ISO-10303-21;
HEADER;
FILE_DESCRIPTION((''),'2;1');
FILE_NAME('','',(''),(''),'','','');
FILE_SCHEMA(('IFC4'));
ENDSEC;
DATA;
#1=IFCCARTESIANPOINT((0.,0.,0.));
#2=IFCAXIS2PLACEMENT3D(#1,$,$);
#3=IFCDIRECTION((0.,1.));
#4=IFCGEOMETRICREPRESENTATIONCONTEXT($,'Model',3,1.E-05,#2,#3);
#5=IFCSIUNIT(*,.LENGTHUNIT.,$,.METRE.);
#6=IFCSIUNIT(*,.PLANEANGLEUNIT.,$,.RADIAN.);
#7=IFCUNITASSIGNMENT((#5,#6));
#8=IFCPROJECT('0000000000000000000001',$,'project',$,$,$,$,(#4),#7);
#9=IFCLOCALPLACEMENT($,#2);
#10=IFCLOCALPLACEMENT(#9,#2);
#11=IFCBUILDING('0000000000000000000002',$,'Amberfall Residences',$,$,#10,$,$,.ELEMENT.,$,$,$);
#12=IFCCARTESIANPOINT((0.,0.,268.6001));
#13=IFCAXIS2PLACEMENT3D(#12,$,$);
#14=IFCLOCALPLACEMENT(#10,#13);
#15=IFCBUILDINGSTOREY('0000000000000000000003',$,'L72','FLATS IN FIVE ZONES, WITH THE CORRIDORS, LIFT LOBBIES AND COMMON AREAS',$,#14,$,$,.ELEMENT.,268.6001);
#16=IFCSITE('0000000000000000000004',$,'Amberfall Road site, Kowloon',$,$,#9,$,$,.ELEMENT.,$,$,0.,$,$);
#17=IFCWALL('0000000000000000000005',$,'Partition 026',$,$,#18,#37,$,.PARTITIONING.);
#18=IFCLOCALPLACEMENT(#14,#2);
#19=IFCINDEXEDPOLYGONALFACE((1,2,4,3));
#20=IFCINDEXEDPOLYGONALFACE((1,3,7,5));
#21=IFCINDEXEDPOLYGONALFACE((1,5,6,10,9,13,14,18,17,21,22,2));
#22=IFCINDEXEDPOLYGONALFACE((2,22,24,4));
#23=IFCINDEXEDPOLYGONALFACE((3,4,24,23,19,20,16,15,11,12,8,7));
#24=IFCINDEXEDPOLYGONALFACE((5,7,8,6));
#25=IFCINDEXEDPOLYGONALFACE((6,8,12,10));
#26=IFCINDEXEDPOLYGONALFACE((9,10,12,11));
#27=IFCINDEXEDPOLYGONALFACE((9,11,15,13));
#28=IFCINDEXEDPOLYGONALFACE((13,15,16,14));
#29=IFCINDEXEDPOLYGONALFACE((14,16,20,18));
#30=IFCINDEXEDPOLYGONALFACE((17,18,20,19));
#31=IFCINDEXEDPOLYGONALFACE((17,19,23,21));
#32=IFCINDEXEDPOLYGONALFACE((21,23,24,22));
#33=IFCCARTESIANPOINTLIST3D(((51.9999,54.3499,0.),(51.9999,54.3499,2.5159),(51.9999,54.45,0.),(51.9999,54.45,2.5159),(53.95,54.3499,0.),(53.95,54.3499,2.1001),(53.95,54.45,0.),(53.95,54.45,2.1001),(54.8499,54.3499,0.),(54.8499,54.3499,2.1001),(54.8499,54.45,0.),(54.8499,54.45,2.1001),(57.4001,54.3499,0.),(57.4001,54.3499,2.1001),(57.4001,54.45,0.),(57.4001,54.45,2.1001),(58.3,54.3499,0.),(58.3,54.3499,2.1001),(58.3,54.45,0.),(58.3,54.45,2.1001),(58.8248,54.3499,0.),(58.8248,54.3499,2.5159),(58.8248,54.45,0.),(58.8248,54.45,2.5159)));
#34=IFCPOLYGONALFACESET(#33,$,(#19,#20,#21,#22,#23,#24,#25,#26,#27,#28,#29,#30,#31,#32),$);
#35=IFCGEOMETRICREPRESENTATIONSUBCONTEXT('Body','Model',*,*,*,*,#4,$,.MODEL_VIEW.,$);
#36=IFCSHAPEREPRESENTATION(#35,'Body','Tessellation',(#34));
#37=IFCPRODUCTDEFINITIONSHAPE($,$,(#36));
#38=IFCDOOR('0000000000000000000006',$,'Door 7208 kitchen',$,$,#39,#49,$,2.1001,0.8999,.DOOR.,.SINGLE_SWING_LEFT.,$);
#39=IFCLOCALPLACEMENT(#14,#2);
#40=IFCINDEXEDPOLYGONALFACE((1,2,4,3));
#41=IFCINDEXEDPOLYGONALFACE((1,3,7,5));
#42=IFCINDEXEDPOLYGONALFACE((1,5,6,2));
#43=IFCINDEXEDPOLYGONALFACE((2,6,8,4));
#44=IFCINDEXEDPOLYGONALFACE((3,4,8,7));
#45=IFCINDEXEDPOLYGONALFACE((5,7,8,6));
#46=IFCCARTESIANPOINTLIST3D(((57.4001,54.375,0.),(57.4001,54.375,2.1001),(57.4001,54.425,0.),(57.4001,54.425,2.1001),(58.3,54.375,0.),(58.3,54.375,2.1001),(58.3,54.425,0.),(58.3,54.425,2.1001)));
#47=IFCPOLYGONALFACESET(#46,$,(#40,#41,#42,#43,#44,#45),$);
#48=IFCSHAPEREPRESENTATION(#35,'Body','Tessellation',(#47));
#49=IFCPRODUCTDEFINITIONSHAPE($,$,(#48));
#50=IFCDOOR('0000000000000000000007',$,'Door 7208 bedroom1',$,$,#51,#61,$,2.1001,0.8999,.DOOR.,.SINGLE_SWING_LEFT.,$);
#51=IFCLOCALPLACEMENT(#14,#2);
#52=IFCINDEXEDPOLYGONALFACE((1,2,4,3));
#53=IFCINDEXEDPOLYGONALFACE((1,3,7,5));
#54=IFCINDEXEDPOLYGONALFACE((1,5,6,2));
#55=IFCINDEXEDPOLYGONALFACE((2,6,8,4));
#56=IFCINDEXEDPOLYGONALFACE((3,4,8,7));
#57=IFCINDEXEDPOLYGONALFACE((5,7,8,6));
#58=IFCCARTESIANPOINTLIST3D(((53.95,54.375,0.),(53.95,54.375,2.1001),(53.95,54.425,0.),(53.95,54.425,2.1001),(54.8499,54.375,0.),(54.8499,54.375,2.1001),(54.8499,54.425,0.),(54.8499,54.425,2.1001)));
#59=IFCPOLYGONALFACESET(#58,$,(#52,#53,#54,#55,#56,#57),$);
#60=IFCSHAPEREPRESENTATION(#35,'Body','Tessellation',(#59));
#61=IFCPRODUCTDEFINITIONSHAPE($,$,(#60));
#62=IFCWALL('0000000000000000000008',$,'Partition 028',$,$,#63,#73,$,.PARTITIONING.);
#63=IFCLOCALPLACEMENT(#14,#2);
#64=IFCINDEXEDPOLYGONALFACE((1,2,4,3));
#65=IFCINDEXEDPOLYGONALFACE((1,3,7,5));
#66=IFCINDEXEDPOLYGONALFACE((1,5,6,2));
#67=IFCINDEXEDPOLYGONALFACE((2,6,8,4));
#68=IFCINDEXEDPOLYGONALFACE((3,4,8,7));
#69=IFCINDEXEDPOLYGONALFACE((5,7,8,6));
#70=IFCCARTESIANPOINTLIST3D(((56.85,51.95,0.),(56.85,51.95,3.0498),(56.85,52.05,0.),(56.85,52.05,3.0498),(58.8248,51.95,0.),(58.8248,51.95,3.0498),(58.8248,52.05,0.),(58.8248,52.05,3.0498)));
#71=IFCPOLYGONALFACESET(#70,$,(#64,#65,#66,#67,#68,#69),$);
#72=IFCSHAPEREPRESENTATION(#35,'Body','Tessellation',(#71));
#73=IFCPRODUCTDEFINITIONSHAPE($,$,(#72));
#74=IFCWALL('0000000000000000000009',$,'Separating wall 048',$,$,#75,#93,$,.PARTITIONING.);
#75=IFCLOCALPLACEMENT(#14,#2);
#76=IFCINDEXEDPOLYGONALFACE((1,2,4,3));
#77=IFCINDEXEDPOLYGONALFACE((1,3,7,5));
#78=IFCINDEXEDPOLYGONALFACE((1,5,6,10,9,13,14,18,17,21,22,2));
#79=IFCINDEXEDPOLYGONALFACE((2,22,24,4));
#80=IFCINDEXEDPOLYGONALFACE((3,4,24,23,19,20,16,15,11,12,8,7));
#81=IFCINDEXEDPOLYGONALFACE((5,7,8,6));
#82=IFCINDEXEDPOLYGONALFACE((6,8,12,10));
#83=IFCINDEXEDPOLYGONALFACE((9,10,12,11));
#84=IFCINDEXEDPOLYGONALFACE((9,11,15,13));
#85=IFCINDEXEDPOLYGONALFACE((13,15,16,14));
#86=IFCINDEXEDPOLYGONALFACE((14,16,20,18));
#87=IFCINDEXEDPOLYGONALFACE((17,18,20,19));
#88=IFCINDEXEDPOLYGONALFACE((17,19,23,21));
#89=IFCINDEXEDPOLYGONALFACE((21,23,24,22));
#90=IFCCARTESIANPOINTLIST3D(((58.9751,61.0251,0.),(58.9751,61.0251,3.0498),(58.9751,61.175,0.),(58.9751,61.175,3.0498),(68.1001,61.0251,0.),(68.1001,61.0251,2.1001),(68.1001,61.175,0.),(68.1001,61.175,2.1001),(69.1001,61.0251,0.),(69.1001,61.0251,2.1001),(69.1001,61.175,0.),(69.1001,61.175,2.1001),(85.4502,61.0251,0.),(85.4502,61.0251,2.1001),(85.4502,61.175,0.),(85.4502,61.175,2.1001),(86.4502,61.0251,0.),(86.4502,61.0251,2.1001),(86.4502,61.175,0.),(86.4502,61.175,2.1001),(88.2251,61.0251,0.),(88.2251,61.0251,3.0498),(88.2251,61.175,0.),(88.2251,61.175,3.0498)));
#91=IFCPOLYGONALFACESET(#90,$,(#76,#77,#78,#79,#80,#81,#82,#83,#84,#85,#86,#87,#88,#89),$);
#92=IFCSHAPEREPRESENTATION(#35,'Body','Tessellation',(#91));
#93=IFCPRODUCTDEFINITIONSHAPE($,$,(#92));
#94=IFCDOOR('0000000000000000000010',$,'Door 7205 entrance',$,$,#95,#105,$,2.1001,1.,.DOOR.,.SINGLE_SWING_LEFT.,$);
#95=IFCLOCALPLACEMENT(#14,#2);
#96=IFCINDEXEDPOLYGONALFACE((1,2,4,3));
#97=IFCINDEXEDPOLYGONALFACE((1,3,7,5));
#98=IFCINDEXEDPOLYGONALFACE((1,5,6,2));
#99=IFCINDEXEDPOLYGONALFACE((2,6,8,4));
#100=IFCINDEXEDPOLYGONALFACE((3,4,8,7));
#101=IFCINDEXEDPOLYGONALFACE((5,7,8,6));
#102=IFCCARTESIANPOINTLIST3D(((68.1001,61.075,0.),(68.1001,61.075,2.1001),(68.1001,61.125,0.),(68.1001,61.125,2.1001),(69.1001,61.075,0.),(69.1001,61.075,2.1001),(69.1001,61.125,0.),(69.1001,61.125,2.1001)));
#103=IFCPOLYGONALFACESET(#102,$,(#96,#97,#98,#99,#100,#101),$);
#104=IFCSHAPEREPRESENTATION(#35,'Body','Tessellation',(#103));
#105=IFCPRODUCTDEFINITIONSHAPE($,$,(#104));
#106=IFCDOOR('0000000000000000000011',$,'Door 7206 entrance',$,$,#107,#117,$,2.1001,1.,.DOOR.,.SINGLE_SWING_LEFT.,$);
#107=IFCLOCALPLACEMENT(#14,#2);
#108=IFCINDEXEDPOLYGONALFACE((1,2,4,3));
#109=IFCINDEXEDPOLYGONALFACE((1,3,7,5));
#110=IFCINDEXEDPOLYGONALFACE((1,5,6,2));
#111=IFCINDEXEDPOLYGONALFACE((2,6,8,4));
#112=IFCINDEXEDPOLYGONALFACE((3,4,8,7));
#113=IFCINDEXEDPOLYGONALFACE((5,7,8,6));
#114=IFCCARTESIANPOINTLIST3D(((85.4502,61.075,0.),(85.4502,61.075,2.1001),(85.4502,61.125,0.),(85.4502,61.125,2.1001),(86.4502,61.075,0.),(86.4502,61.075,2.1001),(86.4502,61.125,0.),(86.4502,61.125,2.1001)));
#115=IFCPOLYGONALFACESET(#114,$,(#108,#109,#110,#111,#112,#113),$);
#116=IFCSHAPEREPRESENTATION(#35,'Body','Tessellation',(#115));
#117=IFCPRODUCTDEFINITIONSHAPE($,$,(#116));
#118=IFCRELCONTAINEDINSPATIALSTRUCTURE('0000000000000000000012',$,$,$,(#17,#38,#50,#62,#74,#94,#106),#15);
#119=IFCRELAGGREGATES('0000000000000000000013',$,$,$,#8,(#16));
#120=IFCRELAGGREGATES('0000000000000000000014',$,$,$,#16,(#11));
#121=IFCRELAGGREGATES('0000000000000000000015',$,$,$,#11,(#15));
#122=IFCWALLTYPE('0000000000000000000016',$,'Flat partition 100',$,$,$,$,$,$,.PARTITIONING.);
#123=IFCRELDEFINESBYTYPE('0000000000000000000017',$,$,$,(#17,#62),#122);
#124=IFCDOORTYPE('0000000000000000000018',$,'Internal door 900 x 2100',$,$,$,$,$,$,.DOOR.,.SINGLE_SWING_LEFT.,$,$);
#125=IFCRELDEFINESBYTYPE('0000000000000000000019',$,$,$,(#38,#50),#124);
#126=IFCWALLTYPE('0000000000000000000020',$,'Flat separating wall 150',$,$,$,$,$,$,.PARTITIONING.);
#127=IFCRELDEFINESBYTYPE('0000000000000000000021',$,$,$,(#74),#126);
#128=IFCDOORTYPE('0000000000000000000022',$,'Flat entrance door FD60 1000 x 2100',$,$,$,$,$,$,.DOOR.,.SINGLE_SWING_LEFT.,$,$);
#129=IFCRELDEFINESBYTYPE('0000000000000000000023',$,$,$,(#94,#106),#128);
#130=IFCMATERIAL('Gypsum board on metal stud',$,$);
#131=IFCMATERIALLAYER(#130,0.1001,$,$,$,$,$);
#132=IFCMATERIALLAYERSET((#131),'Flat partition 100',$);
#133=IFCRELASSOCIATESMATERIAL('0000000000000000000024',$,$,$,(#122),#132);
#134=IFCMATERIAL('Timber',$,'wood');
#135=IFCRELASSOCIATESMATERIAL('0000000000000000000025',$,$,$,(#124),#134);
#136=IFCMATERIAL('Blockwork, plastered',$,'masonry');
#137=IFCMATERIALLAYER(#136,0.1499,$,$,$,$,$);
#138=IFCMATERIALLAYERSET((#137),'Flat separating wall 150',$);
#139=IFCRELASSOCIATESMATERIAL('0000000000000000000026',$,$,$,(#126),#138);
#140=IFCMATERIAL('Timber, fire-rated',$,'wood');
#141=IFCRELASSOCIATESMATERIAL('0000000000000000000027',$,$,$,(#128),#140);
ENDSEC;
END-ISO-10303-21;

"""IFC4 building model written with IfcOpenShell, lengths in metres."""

from ifc_helpers import new_model, si_unit, direction, frame, frame_2d, origin, place, context, subcontext, project, spatial, rectangle, extrude, material, layer, layer_set, type_object, element, fill, save


model = new_model("IFC4")

# Units and contexts
model_context = context("Model", 3, precision=1e-05, world=origin(), true_north=direction((0.0, 1.0)))
body_context = subcontext(model_context, "Body", "Model", "MODEL_VIEW")
ifc_project = project(units=[si_unit("LENGTHUNIT", "METRE"), si_unit("PLANEANGLEUNIT", "RADIAN")], contexts=[model_context])

# Site, building, storey
site_placement = place(None, origin())
site = spatial("IfcSite", under=ifc_project, at=site_placement, Name="Amberfall Road site, Kowloon", CompositionType="ELEMENT", RefElevation=0.0)
building_placement = place(site_placement, origin())
building = spatial("IfcBuilding", under=site, at=building_placement, Name="Amberfall Residences", CompositionType="ELEMENT")
storey_placement = place(building_placement, frame((0.0, 0.0, 268.6001)))
storey = spatial("IfcBuildingStorey", under=building, at=storey_placement, Name="L72", Description="FLATS IN FIVE ZONES, WITH THE CORRIDORS, LIFT LOBBIES AND COMMON AREAS", CompositionType="ELEMENT", Elevation=268.6001)

# Shared definitions
ifc_material_1 = material(Name="Gypsum board on metal stud")
ifc_layer_1 = layer(ifc_material_1, 0.1001)
ifc_layer_set_1 = layer_set([ifc_layer_1], Name="Flat partition 100")
wall_type_1 = type_object("IfcWallType", Name="Flat partition 100", PredefinedType="PARTITIONING", material=ifc_layer_set_1)
ifc_material_2 = material(Name="Timber", Category="wood")

# Wall, openings, doors
wall_1_placement = place(storey_placement, frame((58.825, 54.3999, 0.0), z_axis=(0.0, 0.0, 1.0), x_axis=(-1.0, 0.0, 0.0)))
wall_1 = element("IfcWall", 1, at=wall_1_placement, inside=storey, type_object=wall_type_1, Name="Partition 026", PredefinedType="PARTITIONING", context=body_context, shape_type="SweptSolid", body=[
    extrude(rectangle(XDim=6.825, YDim=0.1001, at=frame_2d((3.4126, 0.0))), origin(), (0.0, 0.0, 1.0), 2.5159),
])
opening_1_placement = place(wall_1_placement, frame((0.5249, 0.0, 0.0)))
opening_1 = element("IfcOpeningElement", 2, at=opening_1_placement, cuts=wall_1, PredefinedType="OPENING", context=body_context, shape_type="SweptSolid", body=[
    extrude(rectangle(XDim=0.8999, YDim=2.1001, at=frame_2d((0.45, 1.05))), frame((0.0, 0.0601, 0.0), z_axis=(0.0, -1.0, 0.0), x_axis=(1.0, 0.0, 0.0)), (0.0, 0.0, 1.0), 0.1201),
])
opening_2_placement = place(wall_1_placement, frame((3.9751, 0.0, 0.0)))
opening_2 = element("IfcOpeningElement", 3, at=opening_2_placement, cuts=wall_1, PredefinedType="OPENING", context=body_context, shape_type="SweptSolid", body=[
    extrude(rectangle(XDim=0.8999, YDim=2.1001, at=frame_2d((0.45, 1.05))), frame((0.0, 0.0601, 0.0), z_axis=(0.0, -1.0, 0.0), x_axis=(1.0, 0.0, 0.0)), (0.0, 0.0, 1.0), 0.1201),
])
door_type_1 = type_object("IfcDoorType", Name="Internal door 900 x 2100", OperationType="SINGLE_SWING_LEFT", PredefinedType="DOOR", material=ifc_material_2)
door_1_placement = place(opening_1_placement, origin())
door_1 = element("IfcDoor", 4, at=door_1_placement, inside=storey, type_object=door_type_1, Name="Door 7208 kitchen", OperationType="SINGLE_SWING_LEFT", OverallHeight=2.1001, OverallWidth=0.8999, PredefinedType="DOOR", context=body_context, shape_type="SweptSolid", body=[
    extrude(rectangle(XDim=0.8999, YDim=2.1001, at=frame_2d((0.45, 1.05))), frame((0.0, 0.0249, 0.0), z_axis=(0.0, -1.0, 0.0), x_axis=(1.0, 0.0, 0.0)), (0.0, 0.0, 1.0), 0.05),
])
fill(opening_1, door_1)
door_2_placement = place(opening_2_placement, origin())
door_2 = element("IfcDoor", 5, at=door_2_placement, inside=storey, type_object=door_type_1, Name="Door 7208 bedroom1", OperationType="SINGLE_SWING_LEFT", OverallHeight=2.1001, OverallWidth=0.8999, PredefinedType="DOOR", context=body_context, shape_type="SweptSolid", body=[
    extrude(rectangle(XDim=0.8999, YDim=2.1001, at=frame_2d((0.45, 1.05))), frame((0.0, 0.0249, 0.0), z_axis=(0.0, -1.0, 0.0), x_axis=(1.0, 0.0, 0.0)), (0.0, 0.0, 1.0), 0.05),
])
fill(opening_2, door_2)

# Wall
wall_2_placement = place(storey_placement, frame((56.8501, 52.0, 0.0), z_axis=(0.0, 0.0, 1.0), x_axis=(1.0, 0.0, 0.0)))
element("IfcWall", 6, at=wall_2_placement, inside=storey, type_object=wall_type_1, Name="Partition 028", PredefinedType="PARTITIONING", context=body_context, shape_type="SweptSolid", body=[
    extrude(rectangle(XDim=1.9749, YDim=0.1001, at=frame_2d((0.9873, 0.0))), origin(), (0.0, 0.0, 1.0), 3.0498),
])

# Wall, openings, doors
ifc_material_3 = material(Name="Blockwork, plastered", Category="masonry")
ifc_layer_2 = layer(ifc_material_3, 0.1499)
ifc_layer_set_2 = layer_set([ifc_layer_2], Name="Flat separating wall 150")
wall_type_2 = type_object("IfcWallType", Name="Flat separating wall 150", PredefinedType="PARTITIONING", material=ifc_layer_set_2)
wall_3_placement = place(storey_placement, frame((58.9751, 61.1001, 0.0), z_axis=(0.0, 0.0, 1.0), x_axis=(1.0, 0.0, 0.0)))
wall_3 = element("IfcWall", 7, at=wall_3_placement, inside=storey, type_object=wall_type_2, Name="Separating wall 048", PredefinedType="PARTITIONING", context=body_context, shape_type="SweptSolid", body=[
    extrude(rectangle(XDim=29.25, YDim=0.1499, at=frame_2d((14.625, 0.0))), origin(), (0.0, 0.0, 1.0), 3.0498),
])
opening_3_placement = place(wall_3_placement, frame((9.125, 0.0, 0.0)))
opening_3 = element("IfcOpeningElement", 8, at=opening_3_placement, cuts=wall_3, PredefinedType="OPENING", context=body_context, shape_type="SweptSolid", body=[
    extrude(rectangle(XDim=1.0, YDim=2.1001, at=frame_2d((0.5, 1.05))), frame((0.0, 0.085, 0.0), z_axis=(0.0, -1.0, 0.0), x_axis=(1.0, 0.0, 0.0)), (0.0, 0.0, 1.0), 0.1699),
])
opening_4_placement = place(wall_3_placement, frame((26.4751, 0.0, 0.0)))
opening_4 = element("IfcOpeningElement", 9, at=opening_4_placement, cuts=wall_3, PredefinedType="OPENING", context=body_context, shape_type="SweptSolid", body=[
    extrude(rectangle(XDim=1.0, YDim=2.1001, at=frame_2d((0.5, 1.05))), frame((0.0, 0.085, 0.0), z_axis=(0.0, -1.0, 0.0), x_axis=(1.0, 0.0, 0.0)), (0.0, 0.0, 1.0), 0.1699),
])
ifc_material_4 = material(Name="Timber, fire-rated", Category="wood")
door_type_2 = type_object("IfcDoorType", Name="Flat entrance door FD60 1000 x 2100", OperationType="SINGLE_SWING_LEFT", PredefinedType="DOOR", material=ifc_material_4)
door_3_placement = place(opening_3_placement, origin())
door_3 = element("IfcDoor", 10, at=door_3_placement, inside=storey, type_object=door_type_2, Name="Door 7205 entrance", OperationType="SINGLE_SWING_LEFT", OverallHeight=2.1001, OverallWidth=1.0, PredefinedType="DOOR", context=body_context, shape_type="SweptSolid", body=[
    extrude(rectangle(XDim=1.0, YDim=2.1001, at=frame_2d((0.5, 1.05))), frame((0.0, 0.0249, 0.0), z_axis=(0.0, -1.0, 0.0), x_axis=(1.0, 0.0, 0.0)), (0.0, 0.0, 1.0), 0.05),
])
fill(opening_3, door_3)
door_4_placement = place(opening_4_placement, origin())
door_4 = element("IfcDoor", 11, at=door_4_placement, inside=storey, type_object=door_type_2, Name="Door 7206 entrance", OperationType="SINGLE_SWING_LEFT", OverallHeight=2.1001, OverallWidth=1.0, PredefinedType="DOOR", context=body_context, shape_type="SweptSolid", body=[
    extrude(rectangle(XDim=1.0, YDim=2.1001, at=frame_2d((0.5, 1.05))), frame((0.0, 0.0249, 0.0), z_axis=(0.0, -1.0, 0.0), x_axis=(1.0, 0.0, 0.0)), (0.0, 0.0, 1.0), 0.05),
])
fill(opening_4, door_4)

save(model, "model.ifc")
